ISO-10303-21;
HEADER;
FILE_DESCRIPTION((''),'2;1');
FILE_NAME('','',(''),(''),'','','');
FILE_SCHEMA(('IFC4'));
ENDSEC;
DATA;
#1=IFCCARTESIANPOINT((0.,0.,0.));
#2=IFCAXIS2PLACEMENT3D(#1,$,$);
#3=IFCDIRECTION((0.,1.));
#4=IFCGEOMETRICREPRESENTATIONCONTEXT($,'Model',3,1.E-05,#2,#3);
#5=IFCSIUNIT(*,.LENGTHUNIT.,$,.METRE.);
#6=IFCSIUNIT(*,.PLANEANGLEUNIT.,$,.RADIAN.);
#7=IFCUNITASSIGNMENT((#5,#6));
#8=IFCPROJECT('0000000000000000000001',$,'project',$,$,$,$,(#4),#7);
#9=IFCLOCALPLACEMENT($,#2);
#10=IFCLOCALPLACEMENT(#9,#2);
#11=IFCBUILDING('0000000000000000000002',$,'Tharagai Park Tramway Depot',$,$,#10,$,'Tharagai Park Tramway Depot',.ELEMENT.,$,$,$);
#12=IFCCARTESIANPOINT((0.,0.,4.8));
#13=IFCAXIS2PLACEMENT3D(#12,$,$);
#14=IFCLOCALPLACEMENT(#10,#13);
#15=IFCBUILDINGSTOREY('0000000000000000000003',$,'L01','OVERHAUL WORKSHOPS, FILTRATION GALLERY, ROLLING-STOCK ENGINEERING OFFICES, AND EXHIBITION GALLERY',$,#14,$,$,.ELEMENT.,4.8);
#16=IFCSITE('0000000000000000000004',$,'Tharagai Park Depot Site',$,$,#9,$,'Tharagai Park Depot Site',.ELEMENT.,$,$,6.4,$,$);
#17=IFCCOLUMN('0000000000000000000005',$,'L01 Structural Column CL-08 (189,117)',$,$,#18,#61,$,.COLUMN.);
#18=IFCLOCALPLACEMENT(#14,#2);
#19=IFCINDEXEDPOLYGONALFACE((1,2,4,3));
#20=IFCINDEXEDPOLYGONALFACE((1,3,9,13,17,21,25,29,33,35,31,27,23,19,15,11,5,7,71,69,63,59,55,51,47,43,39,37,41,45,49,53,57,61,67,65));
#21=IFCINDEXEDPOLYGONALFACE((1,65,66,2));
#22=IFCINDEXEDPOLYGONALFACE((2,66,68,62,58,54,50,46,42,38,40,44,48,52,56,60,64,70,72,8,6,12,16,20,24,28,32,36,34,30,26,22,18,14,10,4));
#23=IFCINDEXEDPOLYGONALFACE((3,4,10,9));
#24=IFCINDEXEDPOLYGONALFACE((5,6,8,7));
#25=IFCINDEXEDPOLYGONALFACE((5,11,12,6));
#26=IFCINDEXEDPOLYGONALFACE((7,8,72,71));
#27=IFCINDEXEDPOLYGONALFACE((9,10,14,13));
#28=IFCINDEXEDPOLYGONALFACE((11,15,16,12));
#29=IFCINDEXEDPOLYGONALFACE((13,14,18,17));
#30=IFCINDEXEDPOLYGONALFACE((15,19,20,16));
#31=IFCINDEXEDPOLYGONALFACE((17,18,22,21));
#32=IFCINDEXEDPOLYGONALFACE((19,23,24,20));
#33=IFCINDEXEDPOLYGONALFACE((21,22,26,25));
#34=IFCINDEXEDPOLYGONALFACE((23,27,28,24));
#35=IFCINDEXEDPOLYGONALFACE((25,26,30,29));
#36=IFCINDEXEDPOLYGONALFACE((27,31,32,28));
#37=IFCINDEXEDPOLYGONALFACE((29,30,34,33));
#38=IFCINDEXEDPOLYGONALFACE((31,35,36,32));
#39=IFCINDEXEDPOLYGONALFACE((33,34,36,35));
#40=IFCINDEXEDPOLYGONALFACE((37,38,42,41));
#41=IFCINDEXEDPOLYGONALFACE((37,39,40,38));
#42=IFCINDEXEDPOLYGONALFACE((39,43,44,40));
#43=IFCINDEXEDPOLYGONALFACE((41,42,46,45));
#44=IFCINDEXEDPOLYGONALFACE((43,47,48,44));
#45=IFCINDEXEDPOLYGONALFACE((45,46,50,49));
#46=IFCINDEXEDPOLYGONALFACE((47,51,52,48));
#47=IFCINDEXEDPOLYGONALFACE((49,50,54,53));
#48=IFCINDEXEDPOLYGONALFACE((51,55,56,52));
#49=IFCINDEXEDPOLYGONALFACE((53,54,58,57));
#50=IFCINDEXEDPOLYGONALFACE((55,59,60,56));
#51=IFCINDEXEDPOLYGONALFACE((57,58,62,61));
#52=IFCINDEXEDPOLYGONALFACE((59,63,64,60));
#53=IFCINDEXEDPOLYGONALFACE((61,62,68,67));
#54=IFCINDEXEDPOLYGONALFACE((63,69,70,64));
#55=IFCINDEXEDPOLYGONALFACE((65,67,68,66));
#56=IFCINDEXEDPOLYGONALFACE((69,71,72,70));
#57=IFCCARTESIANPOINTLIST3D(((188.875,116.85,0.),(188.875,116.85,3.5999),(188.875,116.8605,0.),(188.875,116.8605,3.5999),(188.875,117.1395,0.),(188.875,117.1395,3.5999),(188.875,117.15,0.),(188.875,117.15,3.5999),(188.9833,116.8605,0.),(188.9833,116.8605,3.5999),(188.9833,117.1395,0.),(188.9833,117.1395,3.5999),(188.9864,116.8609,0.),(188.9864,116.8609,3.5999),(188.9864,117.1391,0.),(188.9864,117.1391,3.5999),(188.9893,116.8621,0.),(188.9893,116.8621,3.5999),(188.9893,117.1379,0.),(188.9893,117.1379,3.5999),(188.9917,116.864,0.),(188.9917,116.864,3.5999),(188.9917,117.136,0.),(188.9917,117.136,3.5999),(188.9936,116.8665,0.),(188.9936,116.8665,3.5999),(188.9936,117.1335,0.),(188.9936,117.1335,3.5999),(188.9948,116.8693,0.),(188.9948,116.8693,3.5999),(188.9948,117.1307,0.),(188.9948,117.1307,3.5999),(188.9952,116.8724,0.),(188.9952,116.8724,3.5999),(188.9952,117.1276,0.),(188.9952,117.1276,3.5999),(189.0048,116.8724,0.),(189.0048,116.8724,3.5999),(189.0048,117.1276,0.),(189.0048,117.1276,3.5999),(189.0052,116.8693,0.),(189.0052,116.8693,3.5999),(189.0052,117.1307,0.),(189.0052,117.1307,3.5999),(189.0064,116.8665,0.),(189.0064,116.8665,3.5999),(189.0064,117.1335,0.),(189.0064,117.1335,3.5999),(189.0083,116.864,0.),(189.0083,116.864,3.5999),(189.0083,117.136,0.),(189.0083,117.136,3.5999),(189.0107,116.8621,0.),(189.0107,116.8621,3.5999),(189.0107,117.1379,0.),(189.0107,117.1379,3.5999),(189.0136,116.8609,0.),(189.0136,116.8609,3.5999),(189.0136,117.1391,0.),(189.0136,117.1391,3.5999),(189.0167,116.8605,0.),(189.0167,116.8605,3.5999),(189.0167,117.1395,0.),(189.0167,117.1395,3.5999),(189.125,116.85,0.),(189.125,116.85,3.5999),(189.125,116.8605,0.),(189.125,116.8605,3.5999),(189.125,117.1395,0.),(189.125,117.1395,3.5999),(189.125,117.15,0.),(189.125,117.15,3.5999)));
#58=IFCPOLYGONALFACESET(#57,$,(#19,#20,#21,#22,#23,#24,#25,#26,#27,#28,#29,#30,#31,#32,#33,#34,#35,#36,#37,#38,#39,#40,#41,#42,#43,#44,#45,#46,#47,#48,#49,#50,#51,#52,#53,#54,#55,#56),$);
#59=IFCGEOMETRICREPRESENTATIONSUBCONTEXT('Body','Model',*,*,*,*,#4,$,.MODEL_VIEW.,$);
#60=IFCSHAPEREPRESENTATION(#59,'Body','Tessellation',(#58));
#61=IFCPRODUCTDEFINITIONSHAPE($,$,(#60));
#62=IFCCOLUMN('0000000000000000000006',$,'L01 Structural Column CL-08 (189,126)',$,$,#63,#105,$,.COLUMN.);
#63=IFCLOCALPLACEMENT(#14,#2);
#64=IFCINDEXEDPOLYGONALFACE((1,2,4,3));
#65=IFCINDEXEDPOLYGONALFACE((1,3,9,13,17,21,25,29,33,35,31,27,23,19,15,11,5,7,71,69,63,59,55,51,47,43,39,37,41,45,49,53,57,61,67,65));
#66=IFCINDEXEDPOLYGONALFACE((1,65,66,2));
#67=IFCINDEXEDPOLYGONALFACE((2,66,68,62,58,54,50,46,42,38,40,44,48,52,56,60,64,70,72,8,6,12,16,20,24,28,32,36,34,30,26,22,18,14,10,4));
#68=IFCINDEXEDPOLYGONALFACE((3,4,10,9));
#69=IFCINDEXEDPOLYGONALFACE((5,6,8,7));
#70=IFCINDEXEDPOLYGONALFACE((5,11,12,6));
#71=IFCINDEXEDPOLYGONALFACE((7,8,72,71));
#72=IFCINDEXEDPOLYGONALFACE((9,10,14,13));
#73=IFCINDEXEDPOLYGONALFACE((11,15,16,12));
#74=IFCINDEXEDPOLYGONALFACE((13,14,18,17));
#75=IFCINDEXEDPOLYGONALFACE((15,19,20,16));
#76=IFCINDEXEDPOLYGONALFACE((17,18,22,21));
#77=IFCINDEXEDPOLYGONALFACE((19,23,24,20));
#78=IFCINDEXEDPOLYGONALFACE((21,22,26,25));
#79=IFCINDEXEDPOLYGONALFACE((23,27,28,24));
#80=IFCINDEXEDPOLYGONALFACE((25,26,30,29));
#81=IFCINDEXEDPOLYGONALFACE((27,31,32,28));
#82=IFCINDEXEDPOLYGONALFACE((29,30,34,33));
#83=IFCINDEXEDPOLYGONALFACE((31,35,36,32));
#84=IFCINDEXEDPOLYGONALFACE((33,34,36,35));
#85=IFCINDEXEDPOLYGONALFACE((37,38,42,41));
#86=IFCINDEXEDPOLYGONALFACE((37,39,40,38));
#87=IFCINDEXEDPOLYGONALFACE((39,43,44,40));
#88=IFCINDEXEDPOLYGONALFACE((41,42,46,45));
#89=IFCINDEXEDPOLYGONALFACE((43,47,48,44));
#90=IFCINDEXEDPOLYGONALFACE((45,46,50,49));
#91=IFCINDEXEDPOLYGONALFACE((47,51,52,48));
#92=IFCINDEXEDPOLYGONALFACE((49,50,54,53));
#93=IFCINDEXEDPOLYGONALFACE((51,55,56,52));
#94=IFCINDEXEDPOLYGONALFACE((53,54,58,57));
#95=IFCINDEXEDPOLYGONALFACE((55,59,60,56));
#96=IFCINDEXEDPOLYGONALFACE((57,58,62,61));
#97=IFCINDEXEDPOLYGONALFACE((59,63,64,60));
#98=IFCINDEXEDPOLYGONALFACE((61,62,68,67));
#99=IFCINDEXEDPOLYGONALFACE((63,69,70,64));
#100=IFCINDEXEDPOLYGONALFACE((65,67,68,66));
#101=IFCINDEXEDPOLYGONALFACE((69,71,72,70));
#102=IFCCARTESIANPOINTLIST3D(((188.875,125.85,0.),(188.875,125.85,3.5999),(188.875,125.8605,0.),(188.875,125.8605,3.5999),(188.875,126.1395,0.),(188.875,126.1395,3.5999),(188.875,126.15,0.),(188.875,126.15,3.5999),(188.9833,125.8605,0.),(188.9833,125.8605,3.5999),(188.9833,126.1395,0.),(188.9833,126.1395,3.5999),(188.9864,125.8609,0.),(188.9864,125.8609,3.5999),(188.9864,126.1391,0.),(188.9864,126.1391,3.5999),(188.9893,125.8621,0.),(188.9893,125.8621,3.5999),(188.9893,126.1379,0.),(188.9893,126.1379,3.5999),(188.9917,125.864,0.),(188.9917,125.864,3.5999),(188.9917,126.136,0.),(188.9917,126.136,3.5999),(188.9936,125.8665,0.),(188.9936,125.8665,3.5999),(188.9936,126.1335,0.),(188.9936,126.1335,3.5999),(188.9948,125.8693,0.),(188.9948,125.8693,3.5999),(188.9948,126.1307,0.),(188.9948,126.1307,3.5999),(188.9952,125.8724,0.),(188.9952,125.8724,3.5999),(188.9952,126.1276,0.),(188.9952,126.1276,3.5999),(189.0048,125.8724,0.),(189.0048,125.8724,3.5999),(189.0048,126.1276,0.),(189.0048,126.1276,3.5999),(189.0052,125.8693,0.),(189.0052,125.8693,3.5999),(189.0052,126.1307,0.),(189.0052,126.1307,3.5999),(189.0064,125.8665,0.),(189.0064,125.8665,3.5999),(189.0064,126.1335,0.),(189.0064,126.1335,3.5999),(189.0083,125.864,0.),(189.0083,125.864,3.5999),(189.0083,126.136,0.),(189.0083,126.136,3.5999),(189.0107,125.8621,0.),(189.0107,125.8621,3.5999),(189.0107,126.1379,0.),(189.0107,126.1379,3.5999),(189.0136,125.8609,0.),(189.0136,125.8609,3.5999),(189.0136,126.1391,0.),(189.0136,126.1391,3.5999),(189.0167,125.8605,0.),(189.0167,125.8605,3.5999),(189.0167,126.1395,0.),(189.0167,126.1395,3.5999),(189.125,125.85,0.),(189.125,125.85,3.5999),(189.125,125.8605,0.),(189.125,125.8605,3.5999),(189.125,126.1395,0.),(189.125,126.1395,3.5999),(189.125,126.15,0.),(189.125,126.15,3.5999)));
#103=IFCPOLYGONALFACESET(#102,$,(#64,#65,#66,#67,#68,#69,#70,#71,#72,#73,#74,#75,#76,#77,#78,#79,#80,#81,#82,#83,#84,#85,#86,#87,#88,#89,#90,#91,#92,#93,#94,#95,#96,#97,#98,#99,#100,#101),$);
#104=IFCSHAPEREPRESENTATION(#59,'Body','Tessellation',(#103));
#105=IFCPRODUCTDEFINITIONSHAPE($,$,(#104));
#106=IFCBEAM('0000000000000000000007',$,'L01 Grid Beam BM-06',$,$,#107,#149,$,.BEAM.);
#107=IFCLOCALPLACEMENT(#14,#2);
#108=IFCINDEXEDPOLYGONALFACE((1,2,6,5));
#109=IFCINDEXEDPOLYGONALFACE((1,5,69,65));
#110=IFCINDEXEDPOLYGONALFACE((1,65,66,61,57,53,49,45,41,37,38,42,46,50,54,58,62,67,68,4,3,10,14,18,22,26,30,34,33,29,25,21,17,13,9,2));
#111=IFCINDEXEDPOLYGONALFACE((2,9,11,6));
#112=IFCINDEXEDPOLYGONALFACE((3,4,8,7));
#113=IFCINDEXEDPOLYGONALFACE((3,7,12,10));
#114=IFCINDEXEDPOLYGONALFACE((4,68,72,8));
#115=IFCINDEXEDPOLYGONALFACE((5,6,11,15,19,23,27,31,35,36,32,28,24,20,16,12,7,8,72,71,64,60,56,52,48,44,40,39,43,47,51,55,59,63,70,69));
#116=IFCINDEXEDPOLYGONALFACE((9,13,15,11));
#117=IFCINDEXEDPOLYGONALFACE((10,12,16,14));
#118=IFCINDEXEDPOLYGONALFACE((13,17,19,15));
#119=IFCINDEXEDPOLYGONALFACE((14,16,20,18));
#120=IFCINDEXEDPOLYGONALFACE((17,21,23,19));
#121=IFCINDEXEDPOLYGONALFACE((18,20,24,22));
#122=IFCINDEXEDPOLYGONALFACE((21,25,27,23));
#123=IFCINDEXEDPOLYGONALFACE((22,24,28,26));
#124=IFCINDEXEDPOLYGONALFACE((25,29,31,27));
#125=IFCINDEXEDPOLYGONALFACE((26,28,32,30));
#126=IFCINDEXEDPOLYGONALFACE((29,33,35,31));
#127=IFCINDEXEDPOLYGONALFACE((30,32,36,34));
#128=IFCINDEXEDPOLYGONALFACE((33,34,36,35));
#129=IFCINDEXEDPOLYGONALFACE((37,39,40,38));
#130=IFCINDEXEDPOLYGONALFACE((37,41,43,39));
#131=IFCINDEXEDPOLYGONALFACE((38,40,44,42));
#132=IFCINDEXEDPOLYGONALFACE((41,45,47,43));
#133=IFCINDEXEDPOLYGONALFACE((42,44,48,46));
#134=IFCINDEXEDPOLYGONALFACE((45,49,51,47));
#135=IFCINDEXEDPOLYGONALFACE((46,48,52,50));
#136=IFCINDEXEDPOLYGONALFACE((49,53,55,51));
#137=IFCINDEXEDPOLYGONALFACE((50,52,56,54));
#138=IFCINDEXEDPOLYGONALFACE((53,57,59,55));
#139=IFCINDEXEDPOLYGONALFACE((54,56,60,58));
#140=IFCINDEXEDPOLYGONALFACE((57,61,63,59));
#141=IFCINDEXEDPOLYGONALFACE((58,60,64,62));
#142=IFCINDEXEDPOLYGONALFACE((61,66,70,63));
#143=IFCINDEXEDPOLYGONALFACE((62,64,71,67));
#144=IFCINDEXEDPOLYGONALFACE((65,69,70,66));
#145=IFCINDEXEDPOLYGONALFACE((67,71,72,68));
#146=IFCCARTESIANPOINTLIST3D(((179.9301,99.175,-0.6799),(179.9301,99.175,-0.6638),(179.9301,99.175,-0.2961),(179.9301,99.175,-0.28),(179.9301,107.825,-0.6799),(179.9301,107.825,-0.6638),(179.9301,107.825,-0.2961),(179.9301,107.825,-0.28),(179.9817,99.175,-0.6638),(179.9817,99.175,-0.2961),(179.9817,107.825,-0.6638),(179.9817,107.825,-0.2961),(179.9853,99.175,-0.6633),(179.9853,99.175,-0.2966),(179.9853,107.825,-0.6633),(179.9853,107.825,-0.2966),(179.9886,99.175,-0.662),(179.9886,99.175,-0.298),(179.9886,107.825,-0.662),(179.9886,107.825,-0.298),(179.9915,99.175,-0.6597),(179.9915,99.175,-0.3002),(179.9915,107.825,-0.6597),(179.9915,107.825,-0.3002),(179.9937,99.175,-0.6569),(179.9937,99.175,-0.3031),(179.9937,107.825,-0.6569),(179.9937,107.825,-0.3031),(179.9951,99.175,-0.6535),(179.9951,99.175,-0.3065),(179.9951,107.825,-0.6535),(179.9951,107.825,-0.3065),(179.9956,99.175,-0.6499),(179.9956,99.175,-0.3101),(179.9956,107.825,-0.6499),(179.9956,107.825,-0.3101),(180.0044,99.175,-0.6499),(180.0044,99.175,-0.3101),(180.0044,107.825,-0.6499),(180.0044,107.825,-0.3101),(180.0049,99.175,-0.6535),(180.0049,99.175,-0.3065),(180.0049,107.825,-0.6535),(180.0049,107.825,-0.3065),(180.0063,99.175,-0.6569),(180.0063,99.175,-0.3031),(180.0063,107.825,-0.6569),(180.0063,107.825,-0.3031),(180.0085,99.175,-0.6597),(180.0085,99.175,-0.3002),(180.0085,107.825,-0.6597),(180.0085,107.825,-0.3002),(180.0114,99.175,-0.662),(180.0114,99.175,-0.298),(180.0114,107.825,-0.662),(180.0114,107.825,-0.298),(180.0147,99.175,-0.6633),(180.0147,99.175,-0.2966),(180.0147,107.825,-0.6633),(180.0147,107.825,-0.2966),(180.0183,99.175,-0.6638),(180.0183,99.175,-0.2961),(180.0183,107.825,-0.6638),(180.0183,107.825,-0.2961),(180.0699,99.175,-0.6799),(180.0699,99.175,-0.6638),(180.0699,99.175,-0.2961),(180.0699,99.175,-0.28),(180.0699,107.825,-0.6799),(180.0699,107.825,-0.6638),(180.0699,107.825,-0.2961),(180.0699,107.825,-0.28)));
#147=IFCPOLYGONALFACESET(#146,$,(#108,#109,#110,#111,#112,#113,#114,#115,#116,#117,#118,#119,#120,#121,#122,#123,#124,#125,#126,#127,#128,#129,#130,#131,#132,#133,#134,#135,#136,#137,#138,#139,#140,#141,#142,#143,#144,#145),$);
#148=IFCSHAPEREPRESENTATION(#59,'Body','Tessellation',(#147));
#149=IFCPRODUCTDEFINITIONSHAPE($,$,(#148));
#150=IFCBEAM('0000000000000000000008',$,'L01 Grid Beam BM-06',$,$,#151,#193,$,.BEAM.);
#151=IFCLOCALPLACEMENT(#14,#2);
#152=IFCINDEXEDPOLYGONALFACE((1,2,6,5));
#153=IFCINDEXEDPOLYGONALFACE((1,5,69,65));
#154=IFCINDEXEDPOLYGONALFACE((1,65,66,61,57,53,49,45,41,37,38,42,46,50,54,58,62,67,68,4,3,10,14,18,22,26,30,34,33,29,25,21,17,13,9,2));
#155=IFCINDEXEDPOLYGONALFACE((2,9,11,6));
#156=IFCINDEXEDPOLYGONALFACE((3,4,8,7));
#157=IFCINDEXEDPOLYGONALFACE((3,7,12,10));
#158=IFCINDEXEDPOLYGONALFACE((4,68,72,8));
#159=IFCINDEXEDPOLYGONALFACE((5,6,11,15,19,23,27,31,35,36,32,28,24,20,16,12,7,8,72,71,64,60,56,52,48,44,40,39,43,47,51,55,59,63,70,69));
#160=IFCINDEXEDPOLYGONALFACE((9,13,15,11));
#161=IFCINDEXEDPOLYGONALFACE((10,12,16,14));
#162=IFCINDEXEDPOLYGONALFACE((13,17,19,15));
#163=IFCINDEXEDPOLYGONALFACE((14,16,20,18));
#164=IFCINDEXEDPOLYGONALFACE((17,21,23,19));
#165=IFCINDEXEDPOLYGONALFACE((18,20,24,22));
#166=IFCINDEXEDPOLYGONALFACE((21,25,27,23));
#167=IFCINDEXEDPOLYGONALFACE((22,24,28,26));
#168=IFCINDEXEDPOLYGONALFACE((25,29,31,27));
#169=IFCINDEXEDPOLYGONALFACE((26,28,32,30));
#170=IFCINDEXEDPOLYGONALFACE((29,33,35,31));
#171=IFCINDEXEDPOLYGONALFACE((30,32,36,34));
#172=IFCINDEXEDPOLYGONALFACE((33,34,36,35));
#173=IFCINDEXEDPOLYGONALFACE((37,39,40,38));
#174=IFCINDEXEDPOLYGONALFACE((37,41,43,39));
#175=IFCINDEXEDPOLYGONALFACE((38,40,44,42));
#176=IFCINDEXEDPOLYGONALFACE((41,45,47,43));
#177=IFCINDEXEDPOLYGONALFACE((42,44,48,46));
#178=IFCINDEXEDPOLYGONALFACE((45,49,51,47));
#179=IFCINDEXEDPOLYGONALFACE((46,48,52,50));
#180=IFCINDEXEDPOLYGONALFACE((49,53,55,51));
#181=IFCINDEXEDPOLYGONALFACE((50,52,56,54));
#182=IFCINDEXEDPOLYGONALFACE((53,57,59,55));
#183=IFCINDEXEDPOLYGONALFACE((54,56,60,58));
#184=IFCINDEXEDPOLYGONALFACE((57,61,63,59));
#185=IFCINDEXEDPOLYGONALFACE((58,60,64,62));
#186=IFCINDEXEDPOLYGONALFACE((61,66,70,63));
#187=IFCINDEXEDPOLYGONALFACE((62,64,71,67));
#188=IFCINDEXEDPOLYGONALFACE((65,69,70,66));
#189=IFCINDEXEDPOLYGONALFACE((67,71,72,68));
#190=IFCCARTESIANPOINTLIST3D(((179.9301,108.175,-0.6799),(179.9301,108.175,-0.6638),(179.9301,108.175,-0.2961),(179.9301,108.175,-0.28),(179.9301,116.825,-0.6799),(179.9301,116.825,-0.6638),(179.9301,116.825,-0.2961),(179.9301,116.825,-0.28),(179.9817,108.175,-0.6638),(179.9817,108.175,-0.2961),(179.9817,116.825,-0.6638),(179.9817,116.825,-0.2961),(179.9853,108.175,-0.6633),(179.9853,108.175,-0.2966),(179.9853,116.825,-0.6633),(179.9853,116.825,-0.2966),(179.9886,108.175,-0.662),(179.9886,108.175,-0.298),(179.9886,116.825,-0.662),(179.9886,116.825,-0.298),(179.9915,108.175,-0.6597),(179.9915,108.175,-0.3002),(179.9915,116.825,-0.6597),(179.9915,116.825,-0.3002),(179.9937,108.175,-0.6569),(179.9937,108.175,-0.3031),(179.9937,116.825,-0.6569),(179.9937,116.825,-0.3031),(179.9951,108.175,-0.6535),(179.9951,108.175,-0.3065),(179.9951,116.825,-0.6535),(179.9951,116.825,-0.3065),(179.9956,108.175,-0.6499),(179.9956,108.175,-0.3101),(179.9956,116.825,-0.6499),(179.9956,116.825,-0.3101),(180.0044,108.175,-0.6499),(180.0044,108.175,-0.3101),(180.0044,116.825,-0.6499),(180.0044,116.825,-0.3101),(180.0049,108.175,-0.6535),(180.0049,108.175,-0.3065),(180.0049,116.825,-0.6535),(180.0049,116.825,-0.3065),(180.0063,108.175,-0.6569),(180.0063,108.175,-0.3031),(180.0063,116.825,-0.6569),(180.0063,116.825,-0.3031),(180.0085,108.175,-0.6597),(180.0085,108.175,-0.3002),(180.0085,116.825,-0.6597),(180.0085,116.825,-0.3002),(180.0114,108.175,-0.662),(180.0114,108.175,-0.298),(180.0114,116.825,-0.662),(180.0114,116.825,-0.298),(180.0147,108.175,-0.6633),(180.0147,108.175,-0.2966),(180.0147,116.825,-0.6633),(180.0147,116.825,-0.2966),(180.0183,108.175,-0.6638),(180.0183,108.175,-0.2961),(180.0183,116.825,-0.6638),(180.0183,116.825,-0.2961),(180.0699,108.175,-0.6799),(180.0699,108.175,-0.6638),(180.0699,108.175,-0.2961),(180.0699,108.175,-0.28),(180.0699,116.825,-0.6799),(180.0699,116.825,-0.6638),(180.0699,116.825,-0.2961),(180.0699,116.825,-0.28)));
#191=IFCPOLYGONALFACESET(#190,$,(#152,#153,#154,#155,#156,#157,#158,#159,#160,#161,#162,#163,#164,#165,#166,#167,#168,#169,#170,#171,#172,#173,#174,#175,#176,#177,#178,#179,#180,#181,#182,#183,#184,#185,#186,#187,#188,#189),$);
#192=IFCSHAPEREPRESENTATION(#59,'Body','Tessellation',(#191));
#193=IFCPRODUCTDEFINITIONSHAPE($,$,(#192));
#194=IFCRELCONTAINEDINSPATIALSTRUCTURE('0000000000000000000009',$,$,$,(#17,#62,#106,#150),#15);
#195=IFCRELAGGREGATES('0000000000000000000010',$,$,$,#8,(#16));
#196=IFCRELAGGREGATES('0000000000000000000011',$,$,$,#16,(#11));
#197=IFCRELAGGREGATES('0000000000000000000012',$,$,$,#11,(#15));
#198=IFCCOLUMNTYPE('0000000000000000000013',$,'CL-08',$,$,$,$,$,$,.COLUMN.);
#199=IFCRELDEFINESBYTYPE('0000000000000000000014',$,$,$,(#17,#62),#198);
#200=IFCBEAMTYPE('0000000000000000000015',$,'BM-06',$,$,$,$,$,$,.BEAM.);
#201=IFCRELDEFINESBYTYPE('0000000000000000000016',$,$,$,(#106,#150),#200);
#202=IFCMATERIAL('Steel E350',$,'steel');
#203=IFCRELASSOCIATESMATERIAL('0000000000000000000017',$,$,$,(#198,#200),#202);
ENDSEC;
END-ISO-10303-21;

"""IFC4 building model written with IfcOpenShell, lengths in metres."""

from ifc_helpers import new_model, si_unit, direction, frame, origin, origin_2d, place, context, subcontext, project, spatial, i_section, extrude, material, material_profile, profile_set, type_object, element, save


model = new_model("IFC4")

# Units and contexts
model_context = context("Model", 3, precision=1e-05, world=origin(), true_north=direction((0.0, 1.0)))
body_context = subcontext(model_context, "Body", "Model", "MODEL_VIEW")
ifc_project = project(units=[si_unit("LENGTHUNIT", "METRE"), si_unit("PLANEANGLEUNIT", "RADIAN")], contexts=[model_context])

# Site, building, storey
site_placement = place(None, origin())
site = spatial("IfcSite", under=ifc_project, at=site_placement, Name="Tharagai Park Depot Site", LongName="Tharagai Park Depot Site", CompositionType="ELEMENT", RefElevation=6.4)
building_placement = place(site_placement, origin())
building = spatial("IfcBuilding", under=site, at=building_placement, Name="Tharagai Park Tramway Depot", LongName="Tharagai Park Tramway Depot", CompositionType="ELEMENT")
storey_placement = place(building_placement, frame((0.0, 0.0, 4.8)))
storey = spatial("IfcBuildingStorey", under=building, at=storey_placement, Name="L01", Description="OVERHAUL WORKSHOPS, FILTRATION GALLERY, ROLLING-STOCK ENGINEERING OFFICES, AND EXHIBITION GALLERY", CompositionType="ELEMENT", Elevation=4.8)

# Columns
ifc_material_1 = material(Name="Steel E350", Category="steel")
ifc_material_profile_1 = material_profile(ifc_material_1, i_section(OverallWidth=0.25, OverallDepth=0.3, WebThickness=0.0095, FlangeThickness=0.0105, FilletRadius=0.012, at=origin_2d()), Name="ISHB 300")
ifc_profile_set_1 = profile_set([ifc_material_profile_1], Name="Steel E350")
column_type = type_object("IfcColumnType", Name="CL-08", PredefinedType="COLUMN", material=ifc_profile_set_1)
for number, where, z_axis, x_axis, name in (
    (1, (189.0, 117.0, 0.0), (0.0, 0.0, 1.0), (1.0, 0.0, 0.0), "L01 Structural Column CL-08 (189,117)"),
    (2, (189.0, 126.0, 0.0), (0.0, 0.0, 1.0), (1.0, 0.0, 0.0), "L01 Structural Column CL-08 (189,126)"),
):
    element("IfcColumn", number, at=place(storey_placement, frame(where, z_axis=z_axis, x_axis=x_axis)), inside=storey, type_object=column_type, Name=name, PredefinedType="COLUMN", context=body_context, shape_type="SweptSolid", body=[
        extrude(i_section(OverallWidth=0.25, OverallDepth=0.3, WebThickness=0.0095, FlangeThickness=0.0105, FilletRadius=0.012, at=origin_2d()), origin(), (0.0, 0.0, 1.0), 3.5999),
    ])

# Beams
ifc_material_profile_2 = material_profile(ifc_material_1, i_section(OverallWidth=0.1399, OverallDepth=0.3999, WebThickness=0.0088, FlangeThickness=0.0161, FilletRadius=0.0139, at=origin_2d()), Name="ISMB 400")
ifc_profile_set_2 = profile_set([ifc_material_profile_2], Name="Steel E350")
beam_type_1 = type_object("IfcBeamType", Name="BM-06", PredefinedType="BEAM", material=ifc_profile_set_2)
for number, where, z_axis, x_axis, name in (
    (3, (180.0, 99.175, -0.48), (0.0, 1.0, 0.0), (-1.0, 0.0, 0.0), "L01 Grid Beam BM-06"),
    (4, (180.0, 108.175, -0.48), (0.0, 1.0, 0.0), (-1.0, 0.0, 0.0), "L01 Grid Beam BM-06"),
):
    element("IfcBeam", number, at=place(storey_placement, frame(where, z_axis=z_axis, x_axis=x_axis)), inside=storey, type_object=beam_type_1, Name=name, PredefinedType="BEAM", context=body_context, shape_type="SweptSolid", body=[
        extrude(i_section(OverallWidth=0.1399, OverallDepth=0.3999, WebThickness=0.0088, FlangeThickness=0.0161, FilletRadius=0.0139, at=origin_2d()), origin(), (0.0, 0.0, 1.0), 8.6499),
    ])

save(model, "model.ifc")
